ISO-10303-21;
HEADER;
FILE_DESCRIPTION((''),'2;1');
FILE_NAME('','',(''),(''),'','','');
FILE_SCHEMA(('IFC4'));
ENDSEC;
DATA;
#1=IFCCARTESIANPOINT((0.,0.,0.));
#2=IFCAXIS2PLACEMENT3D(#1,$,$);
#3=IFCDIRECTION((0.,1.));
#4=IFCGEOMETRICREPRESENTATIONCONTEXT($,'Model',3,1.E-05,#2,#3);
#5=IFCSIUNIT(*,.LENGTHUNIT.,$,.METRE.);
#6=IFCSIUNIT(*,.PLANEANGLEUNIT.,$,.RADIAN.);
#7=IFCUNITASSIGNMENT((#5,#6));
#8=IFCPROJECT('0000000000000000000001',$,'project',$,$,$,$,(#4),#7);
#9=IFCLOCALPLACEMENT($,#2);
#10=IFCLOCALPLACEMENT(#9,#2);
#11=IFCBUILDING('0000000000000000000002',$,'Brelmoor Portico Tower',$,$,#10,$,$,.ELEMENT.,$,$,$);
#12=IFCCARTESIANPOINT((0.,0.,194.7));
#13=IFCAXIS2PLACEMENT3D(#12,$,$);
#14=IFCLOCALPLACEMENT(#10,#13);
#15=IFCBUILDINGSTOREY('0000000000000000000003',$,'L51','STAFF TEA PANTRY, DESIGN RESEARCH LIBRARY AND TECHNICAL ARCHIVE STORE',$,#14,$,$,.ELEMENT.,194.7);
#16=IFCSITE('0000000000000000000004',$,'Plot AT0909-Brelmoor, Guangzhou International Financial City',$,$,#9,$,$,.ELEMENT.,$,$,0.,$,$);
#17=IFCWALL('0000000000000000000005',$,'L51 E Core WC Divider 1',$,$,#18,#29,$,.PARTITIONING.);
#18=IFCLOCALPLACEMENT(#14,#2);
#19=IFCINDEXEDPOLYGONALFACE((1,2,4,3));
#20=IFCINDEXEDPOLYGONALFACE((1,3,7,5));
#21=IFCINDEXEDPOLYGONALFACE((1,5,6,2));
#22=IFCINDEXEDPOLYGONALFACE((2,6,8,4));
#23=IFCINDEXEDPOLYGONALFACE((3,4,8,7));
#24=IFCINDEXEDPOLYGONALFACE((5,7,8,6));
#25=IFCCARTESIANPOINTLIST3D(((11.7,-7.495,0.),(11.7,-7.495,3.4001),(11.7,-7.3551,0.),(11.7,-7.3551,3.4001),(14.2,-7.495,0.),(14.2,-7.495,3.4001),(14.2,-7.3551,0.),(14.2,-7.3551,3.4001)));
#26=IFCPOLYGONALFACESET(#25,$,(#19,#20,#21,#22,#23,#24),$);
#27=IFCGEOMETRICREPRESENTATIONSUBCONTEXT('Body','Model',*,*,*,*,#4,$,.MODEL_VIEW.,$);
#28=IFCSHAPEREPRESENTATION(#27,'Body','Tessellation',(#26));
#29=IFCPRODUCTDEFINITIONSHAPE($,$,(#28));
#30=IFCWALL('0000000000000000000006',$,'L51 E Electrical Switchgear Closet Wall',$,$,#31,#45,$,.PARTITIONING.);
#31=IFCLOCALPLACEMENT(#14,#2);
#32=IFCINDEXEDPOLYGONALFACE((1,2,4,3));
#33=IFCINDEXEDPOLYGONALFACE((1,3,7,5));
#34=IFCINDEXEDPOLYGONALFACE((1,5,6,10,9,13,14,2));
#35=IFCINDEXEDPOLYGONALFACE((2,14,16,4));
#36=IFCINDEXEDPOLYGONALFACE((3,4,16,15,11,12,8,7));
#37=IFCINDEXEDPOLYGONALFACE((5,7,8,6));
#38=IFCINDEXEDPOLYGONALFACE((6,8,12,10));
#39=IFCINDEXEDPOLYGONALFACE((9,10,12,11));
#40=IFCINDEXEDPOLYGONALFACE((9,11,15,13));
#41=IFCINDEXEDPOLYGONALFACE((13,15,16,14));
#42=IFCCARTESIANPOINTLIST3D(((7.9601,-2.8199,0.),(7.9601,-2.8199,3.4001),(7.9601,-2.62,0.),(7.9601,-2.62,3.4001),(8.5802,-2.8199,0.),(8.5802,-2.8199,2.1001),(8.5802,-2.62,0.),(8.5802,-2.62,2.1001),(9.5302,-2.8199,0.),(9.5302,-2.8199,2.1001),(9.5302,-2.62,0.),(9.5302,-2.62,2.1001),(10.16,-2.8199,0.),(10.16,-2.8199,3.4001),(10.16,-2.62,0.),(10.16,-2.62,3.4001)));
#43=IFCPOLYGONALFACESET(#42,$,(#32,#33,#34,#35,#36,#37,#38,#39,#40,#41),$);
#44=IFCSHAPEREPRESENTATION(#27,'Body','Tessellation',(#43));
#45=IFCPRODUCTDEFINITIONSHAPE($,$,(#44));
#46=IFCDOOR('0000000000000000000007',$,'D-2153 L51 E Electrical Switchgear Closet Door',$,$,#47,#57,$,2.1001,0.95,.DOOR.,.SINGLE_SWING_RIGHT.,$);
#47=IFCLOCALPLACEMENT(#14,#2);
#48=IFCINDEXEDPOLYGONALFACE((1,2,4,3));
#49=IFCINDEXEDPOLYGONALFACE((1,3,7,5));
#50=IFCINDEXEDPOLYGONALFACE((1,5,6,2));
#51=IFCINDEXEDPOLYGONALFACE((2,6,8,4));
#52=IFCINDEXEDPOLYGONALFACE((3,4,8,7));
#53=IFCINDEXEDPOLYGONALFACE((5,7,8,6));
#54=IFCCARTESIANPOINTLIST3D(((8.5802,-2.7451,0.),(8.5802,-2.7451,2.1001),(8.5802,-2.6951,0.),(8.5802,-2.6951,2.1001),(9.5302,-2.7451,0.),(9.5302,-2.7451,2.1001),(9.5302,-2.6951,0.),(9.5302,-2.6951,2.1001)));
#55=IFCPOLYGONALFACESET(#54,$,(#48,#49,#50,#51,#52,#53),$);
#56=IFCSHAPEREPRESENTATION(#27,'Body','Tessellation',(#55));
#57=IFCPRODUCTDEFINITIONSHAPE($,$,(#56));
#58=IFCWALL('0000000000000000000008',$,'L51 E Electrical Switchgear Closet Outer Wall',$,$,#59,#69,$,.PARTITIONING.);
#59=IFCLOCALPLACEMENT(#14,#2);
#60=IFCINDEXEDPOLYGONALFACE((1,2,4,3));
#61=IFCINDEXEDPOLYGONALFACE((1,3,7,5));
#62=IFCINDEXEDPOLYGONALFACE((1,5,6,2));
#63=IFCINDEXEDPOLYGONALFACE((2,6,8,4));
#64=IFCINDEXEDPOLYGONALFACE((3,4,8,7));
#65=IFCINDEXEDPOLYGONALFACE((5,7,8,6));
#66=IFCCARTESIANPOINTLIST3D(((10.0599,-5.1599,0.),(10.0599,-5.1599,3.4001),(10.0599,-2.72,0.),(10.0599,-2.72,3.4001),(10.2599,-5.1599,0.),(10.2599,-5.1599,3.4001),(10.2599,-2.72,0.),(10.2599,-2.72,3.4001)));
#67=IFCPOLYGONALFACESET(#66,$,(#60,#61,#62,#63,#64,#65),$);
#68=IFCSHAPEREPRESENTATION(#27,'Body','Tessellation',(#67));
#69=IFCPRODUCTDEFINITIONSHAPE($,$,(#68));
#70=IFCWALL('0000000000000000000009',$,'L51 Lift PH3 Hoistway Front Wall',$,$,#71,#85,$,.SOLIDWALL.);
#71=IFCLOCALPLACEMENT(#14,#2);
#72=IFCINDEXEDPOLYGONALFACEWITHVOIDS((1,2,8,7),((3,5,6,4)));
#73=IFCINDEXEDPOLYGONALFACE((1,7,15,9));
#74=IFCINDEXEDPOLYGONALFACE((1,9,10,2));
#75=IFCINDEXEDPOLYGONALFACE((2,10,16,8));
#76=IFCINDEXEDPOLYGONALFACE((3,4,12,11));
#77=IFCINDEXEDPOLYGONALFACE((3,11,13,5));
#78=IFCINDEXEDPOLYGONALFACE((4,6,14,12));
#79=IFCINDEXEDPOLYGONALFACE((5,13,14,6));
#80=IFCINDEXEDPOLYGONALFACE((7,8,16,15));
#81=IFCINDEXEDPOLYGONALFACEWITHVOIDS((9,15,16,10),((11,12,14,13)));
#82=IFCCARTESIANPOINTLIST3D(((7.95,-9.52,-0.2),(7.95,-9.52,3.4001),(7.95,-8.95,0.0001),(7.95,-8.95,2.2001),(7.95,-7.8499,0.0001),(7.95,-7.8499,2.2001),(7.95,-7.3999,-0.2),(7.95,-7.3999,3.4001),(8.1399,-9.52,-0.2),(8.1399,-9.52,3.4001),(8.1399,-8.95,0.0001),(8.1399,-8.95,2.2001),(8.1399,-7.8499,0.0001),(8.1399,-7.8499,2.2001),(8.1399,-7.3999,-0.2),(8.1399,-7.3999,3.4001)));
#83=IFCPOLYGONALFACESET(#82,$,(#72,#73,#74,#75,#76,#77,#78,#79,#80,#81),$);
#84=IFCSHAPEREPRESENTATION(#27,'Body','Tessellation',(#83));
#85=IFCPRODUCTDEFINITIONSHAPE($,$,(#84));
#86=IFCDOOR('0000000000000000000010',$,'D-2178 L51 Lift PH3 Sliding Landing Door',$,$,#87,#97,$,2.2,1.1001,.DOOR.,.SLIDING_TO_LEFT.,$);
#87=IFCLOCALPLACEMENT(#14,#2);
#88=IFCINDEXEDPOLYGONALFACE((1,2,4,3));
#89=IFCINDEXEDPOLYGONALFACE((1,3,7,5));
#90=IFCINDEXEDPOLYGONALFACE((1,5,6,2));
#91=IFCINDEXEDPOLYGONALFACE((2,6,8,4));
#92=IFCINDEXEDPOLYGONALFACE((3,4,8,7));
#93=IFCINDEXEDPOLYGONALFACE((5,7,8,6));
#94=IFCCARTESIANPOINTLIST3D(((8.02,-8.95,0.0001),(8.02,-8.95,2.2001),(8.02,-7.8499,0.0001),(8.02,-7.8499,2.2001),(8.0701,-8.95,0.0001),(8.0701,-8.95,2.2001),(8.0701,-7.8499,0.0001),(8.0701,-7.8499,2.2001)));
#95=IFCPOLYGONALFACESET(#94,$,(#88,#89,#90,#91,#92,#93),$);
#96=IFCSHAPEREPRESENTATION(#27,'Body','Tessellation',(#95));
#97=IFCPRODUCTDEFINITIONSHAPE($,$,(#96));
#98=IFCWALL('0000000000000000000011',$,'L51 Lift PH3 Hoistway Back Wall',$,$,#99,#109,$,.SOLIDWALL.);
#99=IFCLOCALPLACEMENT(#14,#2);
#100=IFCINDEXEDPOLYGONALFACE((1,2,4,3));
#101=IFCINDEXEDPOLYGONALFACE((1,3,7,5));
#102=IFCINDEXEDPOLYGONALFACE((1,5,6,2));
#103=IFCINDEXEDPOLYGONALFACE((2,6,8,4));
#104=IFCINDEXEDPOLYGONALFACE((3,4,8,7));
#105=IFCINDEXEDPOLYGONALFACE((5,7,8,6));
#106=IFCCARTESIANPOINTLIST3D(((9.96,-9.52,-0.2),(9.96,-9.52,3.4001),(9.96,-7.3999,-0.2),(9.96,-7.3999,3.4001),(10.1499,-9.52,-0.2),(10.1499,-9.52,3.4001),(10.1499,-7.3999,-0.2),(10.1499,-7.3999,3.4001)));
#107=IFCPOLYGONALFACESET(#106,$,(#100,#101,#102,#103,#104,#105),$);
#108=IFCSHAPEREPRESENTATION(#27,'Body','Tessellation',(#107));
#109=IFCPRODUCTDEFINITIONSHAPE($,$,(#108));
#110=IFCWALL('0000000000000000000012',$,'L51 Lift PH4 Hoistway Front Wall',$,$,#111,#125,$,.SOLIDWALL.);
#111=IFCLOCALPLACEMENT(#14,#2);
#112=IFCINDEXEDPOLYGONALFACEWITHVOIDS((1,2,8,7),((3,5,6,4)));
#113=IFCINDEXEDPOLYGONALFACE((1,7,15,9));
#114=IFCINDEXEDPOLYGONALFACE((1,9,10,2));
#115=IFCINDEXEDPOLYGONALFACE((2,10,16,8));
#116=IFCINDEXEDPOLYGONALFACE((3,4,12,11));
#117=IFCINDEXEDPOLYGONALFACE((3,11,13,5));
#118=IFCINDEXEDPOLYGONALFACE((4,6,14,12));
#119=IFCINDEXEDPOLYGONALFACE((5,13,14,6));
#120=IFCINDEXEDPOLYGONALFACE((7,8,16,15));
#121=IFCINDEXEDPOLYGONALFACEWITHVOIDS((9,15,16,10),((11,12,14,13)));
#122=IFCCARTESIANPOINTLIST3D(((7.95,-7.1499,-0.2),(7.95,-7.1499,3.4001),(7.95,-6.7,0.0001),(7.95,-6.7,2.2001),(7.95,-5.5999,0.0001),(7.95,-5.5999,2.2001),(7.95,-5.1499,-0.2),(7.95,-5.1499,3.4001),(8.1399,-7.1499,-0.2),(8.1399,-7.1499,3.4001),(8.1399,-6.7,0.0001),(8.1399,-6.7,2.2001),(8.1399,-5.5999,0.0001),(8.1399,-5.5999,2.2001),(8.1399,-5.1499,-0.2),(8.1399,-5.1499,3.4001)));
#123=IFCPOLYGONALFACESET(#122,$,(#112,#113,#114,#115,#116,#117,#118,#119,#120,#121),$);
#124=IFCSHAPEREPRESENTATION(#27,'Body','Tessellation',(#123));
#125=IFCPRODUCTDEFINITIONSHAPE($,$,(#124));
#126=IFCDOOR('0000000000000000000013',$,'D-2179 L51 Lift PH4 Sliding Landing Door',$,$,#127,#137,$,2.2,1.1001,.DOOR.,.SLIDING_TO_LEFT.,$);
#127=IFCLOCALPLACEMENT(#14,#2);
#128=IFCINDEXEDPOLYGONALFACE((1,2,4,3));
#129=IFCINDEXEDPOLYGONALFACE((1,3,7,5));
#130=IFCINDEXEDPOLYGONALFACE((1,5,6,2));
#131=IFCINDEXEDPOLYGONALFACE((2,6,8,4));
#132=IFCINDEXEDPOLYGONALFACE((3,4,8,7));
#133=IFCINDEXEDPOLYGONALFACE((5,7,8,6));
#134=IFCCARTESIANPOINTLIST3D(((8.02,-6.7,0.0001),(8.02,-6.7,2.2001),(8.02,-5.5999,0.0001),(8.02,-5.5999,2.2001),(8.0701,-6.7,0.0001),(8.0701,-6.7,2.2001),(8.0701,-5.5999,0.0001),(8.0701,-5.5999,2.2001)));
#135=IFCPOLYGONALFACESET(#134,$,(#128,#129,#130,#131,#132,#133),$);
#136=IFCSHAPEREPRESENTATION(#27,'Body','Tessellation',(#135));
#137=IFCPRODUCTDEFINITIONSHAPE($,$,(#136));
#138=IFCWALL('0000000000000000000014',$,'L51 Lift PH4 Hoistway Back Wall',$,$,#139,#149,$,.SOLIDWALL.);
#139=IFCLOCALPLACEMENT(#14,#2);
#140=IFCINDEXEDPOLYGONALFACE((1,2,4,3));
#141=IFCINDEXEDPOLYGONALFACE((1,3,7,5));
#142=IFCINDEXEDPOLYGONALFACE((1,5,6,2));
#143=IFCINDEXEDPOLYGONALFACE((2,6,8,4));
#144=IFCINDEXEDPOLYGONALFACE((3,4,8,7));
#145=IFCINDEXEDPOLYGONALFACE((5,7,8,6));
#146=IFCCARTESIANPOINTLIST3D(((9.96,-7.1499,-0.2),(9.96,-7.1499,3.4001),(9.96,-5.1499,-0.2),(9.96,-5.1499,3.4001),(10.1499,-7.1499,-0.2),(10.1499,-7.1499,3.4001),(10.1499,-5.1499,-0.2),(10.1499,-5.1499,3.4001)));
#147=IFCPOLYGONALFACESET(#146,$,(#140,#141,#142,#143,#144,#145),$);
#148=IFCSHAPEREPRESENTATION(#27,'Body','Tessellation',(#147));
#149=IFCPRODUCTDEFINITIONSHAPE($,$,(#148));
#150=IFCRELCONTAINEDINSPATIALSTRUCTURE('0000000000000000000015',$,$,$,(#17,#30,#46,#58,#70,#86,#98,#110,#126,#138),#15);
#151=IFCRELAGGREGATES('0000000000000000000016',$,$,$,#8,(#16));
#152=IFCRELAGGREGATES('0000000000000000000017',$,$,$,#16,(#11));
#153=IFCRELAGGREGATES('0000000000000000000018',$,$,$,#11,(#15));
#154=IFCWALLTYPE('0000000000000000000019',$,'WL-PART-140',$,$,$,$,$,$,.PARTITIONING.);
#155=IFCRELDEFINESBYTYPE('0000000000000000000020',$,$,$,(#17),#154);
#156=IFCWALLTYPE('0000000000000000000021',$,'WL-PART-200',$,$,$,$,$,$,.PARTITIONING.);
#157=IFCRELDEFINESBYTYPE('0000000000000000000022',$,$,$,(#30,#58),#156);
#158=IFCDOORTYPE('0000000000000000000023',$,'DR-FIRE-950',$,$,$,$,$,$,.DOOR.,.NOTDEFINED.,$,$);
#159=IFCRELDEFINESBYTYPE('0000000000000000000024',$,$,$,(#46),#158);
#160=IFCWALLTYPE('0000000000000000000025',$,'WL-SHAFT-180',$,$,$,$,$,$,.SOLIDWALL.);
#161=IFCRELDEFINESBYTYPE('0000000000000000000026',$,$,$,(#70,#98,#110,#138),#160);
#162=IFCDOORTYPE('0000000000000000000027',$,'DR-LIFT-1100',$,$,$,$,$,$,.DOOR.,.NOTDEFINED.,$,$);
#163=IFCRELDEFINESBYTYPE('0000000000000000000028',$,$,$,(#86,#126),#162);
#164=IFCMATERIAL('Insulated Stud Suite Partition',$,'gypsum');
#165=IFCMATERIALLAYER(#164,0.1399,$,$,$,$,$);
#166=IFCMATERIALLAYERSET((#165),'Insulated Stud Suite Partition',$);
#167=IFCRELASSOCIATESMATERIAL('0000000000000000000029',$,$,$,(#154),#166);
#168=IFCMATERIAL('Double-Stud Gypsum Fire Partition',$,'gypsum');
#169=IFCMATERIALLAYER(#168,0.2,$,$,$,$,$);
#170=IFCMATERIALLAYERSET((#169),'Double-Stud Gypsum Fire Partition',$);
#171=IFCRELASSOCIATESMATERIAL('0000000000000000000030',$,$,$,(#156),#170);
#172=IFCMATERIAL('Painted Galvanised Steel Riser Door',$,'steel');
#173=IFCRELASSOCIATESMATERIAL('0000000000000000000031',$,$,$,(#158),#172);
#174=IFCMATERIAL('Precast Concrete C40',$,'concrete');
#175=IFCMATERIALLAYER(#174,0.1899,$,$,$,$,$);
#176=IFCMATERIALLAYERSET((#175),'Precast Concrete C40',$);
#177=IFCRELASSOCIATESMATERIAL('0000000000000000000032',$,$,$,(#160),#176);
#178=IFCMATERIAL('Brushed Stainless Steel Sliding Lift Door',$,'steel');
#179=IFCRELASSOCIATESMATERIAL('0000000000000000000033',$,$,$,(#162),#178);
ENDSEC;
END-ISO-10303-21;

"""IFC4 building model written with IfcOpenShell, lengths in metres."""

from ifc_helpers import new_model, si_unit, direction, frame, frame_2d, origin, place, context, subcontext, project, spatial, rectangle, extrude, material, layer, layer_set, type_object, element, fill, save


model = new_model("IFC4")

# Units and contexts
model_context = context("Model", 3, precision=1e-05, world=origin(), true_north=direction((0.0, 1.0)))
body_context = subcontext(model_context, "Body", "Model", "MODEL_VIEW")
ifc_project = project(units=[si_unit("LENGTHUNIT", "METRE"), si_unit("PLANEANGLEUNIT", "RADIAN")], contexts=[model_context])

# Site, building, storey
site_placement = place(None, origin())
site = spatial("IfcSite", under=ifc_project, at=site_placement, Name="Plot AT0909-Brelmoor, Guangzhou International Financial City", CompositionType="ELEMENT", RefElevation=0.0)
building_placement = place(site_placement, origin())
building = spatial("IfcBuilding", under=site, at=building_placement, Name="Brelmoor Portico Tower", CompositionType="ELEMENT")
storey_placement = place(building_placement, frame((0.0, 0.0, 194.7)))
storey = spatial("IfcBuildingStorey", under=building, at=storey_placement, Name="L51", Description="STAFF TEA PANTRY, DESIGN RESEARCH LIBRARY AND TECHNICAL ARCHIVE STORE", CompositionType="ELEMENT", Elevation=194.7)

# Wall
ifc_material_1 = material(Name="Insulated Stud Suite Partition", Category="gypsum")
ifc_layer_1 = layer(ifc_material_1, 0.1399)
ifc_layer_set_1 = layer_set([ifc_layer_1], Name="Insulated Stud Suite Partition")
wall_type_1 = type_object("IfcWallType", Name="WL-PART-140", PredefinedType="PARTITIONING", material=ifc_layer_set_1)
wall_1_placement = place(storey_placement, frame((11.7, -7.425, 0.0), z_axis=(0.0, 0.0, 1.0), x_axis=(1.0, 0.0, 0.0)))
element("IfcWall", 1, at=wall_1_placement, inside=storey, type_object=wall_type_1, Name="L51 E Core WC Divider 1", PredefinedType="PARTITIONING", context=body_context, shape_type="SweptSolid", body=[
    extrude(rectangle(XDim=2.5, YDim=0.1399, at=frame_2d((1.25, 0.0))), origin(), (0.0, 0.0, 1.0), 3.4001),
])

# Wall, opening, door
ifc_material_2 = material(Name="Double-Stud Gypsum Fire Partition", Category="gypsum")
ifc_layer_2 = layer(ifc_material_2, 0.2)
ifc_layer_set_2 = layer_set([ifc_layer_2], Name="Double-Stud Gypsum Fire Partition")
wall_type_2 = type_object("IfcWallType", Name="WL-PART-200", PredefinedType="PARTITIONING", material=ifc_layer_set_2)
wall_2_placement = place(storey_placement, frame((7.96, -2.72, 0.0), z_axis=(0.0, 0.0, 1.0), x_axis=(1.0, 0.0, 0.0)))
wall_2 = element("IfcWall", 2, at=wall_2_placement, inside=storey, type_object=wall_type_2, Name="L51 E Electrical Switchgear Closet Wall", PredefinedType="PARTITIONING", context=body_context, shape_type="SweptSolid", body=[
    extrude(rectangle(XDim=2.2, YDim=0.2, at=frame_2d((1.1001, 0.0))), origin(), (0.0, 0.0, 1.0), 3.4001),
])
opening_1_placement = place(wall_2_placement, frame((0.6201, 0.0, 0.0)))
opening_1 = element("IfcOpeningElement", 3, at=opening_1_placement, cuts=wall_2, PredefinedType="OPENING", context=body_context, shape_type="SweptSolid", body=[
    extrude(rectangle(XDim=0.95, YDim=2.1001, at=frame_2d((0.4751, 1.05))), frame((0.0, 0.1099, 0.0), z_axis=(0.0, -1.0, 0.0), x_axis=(1.0, 0.0, 0.0)), (0.0, 0.0, 1.0), 0.22),
])
ifc_material_3 = material(Name="Painted Galvanised Steel Riser Door", Category="steel")
door_type_1 = type_object("IfcDoorType", Name="DR-FIRE-950", OperationType="NOTDEFINED", PredefinedType="DOOR", material=ifc_material_3)
door_1_placement = place(opening_1_placement, origin())
door_1 = element("IfcDoor", 4, at=door_1_placement, inside=storey, type_object=door_type_1, Name="D-2153 L51 E Electrical Switchgear Closet Door", OperationType="SINGLE_SWING_RIGHT", OverallHeight=2.1001, OverallWidth=0.95, PredefinedType="DOOR", context=body_context, shape_type="SweptSolid", body=[
    extrude(rectangle(XDim=0.95, YDim=2.1001, at=frame_2d((0.4751, 1.05))), frame((0.0, 0.0249, 0.0), z_axis=(0.0, -1.0, 0.0), x_axis=(1.0, 0.0, 0.0)), (0.0, 0.0, 1.0), 0.05),
])
fill(opening_1, door_1)

# Wall
wall_3_placement = place(storey_placement, frame((10.1599, -5.1599, 0.0), z_axis=(0.0, 0.0, 1.0), x_axis=(0.0, 1.0, 0.0)))
element("IfcWall", 5, at=wall_3_placement, inside=storey, type_object=wall_type_2, Name="L51 E Electrical Switchgear Closet Outer Wall", PredefinedType="PARTITIONING", context=body_context, shape_type="SweptSolid", body=[
    extrude(rectangle(XDim=2.4399, YDim=0.2, at=frame_2d((1.22, 0.0))), origin(), (0.0, 0.0, 1.0), 3.4001),
])

# Wall, opening, door
ifc_material_4 = material(Name="Precast Concrete C40", Category="concrete")
ifc_layer_3 = layer(ifc_material_4, 0.1899)
ifc_layer_set_3 = layer_set([ifc_layer_3], Name="Precast Concrete C40")
wall_type_3 = type_object("IfcWallType", Name="WL-SHAFT-180", PredefinedType="SOLIDWALL", material=ifc_layer_set_3)
wall_4_placement = place(storey_placement, frame((8.0449, -9.52, -0.2), z_axis=(0.0, 0.0, 1.0), x_axis=(0.0, 1.0, 0.0)))
wall_4 = element("IfcWall", 6, at=wall_4_placement, inside=storey, type_object=wall_type_3, Name="L51 Lift PH3 Hoistway Front Wall", PredefinedType="SOLIDWALL", context=body_context, shape_type="SweptSolid", body=[
    extrude(rectangle(XDim=2.1201, YDim=0.1899, at=frame_2d((1.0601, 0.0))), origin(), (0.0, 0.0, 1.0), 3.6001),
])
opening_2_placement = place(wall_4_placement, frame((0.5701, 0.0, 0.2)))
opening_2 = element("IfcOpeningElement", 7, at=opening_2_placement, cuts=wall_4, PredefinedType="OPENING", context=body_context, shape_type="SweptSolid", body=[
    extrude(rectangle(XDim=1.1001, YDim=2.2, at=frame_2d((0.55, 1.1001))), frame((0.0, 0.105, 0.0), z_axis=(0.0, -1.0, 0.0), x_axis=(1.0, 0.0, 0.0)), (0.0, 0.0, 1.0), 0.21),
])
ifc_material_5 = material(Name="Brushed Stainless Steel Sliding Lift Door", Category="steel")
door_type_2 = type_object("IfcDoorType", Name="DR-LIFT-1100", OperationType="NOTDEFINED", PredefinedType="DOOR", material=ifc_material_5)
door_2_placement = place(opening_2_placement, origin())
door_2 = element("IfcDoor", 8, at=door_2_placement, inside=storey, type_object=door_type_2, Name="D-2178 L51 Lift PH3 Sliding Landing Door", OperationType="SLIDING_TO_LEFT", OverallHeight=2.2, OverallWidth=1.1001, PredefinedType="DOOR", context=body_context, shape_type="SweptSolid", body=[
    extrude(rectangle(XDim=1.1001, YDim=2.2, at=frame_2d((0.55, 1.1001))), frame((0.0, 0.0249, 0.0), z_axis=(0.0, -1.0, 0.0), x_axis=(1.0, 0.0, 0.0)), (0.0, 0.0, 1.0), 0.05),
])
fill(opening_2, door_2)

# Wall
wall_5_placement = place(storey_placement, frame((10.0549, -9.52, -0.2), z_axis=(0.0, 0.0, 1.0), x_axis=(0.0, 1.0, 0.0)))
element("IfcWall", 9, at=wall_5_placement, inside=storey, type_object=wall_type_3, Name="L51 Lift PH3 Hoistway Back Wall", PredefinedType="SOLIDWALL", context=body_context, shape_type="SweptSolid", body=[
    extrude(rectangle(XDim=2.1201, YDim=0.1899, at=frame_2d((1.0601, 0.0))), origin(), (0.0, 0.0, 1.0), 3.6001),
])

# Wall, opening, door
wall_6_placement = place(storey_placement, frame((8.0449, -7.1499, -0.2), z_axis=(0.0, 0.0, 1.0), x_axis=(0.0, 1.0, 0.0)))
wall_6 = element("IfcWall", 10, at=wall_6_placement, inside=storey, type_object=wall_type_3, Name="L51 Lift PH4 Hoistway Front Wall", PredefinedType="SOLIDWALL", context=body_context, shape_type="SweptSolid", body=[
    extrude(rectangle(XDim=2.0, YDim=0.1899, at=frame_2d((1.0, 0.0))), origin(), (0.0, 0.0, 1.0), 3.6001),
])
opening_3_placement = place(wall_6_placement, frame((0.45, 0.0, 0.2)))
opening_3 = element("IfcOpeningElement", 11, at=opening_3_placement, cuts=wall_6, PredefinedType="OPENING", context=body_context, shape_type="SweptSolid", body=[
    extrude(rectangle(XDim=1.1001, YDim=2.2, at=frame_2d((0.55, 1.1001))), frame((0.0, 0.105, 0.0), z_axis=(0.0, -1.0, 0.0), x_axis=(1.0, 0.0, 0.0)), (0.0, 0.0, 1.0), 0.21),
])
door_3_placement = place(opening_3_placement, origin())
door_3 = element("IfcDoor", 12, at=door_3_placement, inside=storey, type_object=door_type_2, Name="D-2179 L51 Lift PH4 Sliding Landing Door", OperationType="SLIDING_TO_LEFT", OverallHeight=2.2, OverallWidth=1.1001, PredefinedType="DOOR", context=body_context, shape_type="SweptSolid", body=[
    extrude(rectangle(XDim=1.1001, YDim=2.2, at=frame_2d((0.55, 1.1001))), frame((0.0, 0.0249, 0.0), z_axis=(0.0, -1.0, 0.0), x_axis=(1.0, 0.0, 0.0)), (0.0, 0.0, 1.0), 0.05),
])
fill(opening_3, door_3)

# Wall
wall_7_placement = place(storey_placement, frame((10.0549, -7.1499, -0.2), z_axis=(0.0, 0.0, 1.0), x_axis=(0.0, 1.0, 0.0)))
element("IfcWall", 13, at=wall_7_placement, inside=storey, type_object=wall_type_3, Name="L51 Lift PH4 Hoistway Back Wall", PredefinedType="SOLIDWALL", context=body_context, shape_type="SweptSolid", body=[
    extrude(rectangle(XDim=2.0, YDim=0.1899, at=frame_2d((1.0, 0.0))), origin(), (0.0, 0.0, 1.0), 3.6001),
])

save(model, "model.ifc")
